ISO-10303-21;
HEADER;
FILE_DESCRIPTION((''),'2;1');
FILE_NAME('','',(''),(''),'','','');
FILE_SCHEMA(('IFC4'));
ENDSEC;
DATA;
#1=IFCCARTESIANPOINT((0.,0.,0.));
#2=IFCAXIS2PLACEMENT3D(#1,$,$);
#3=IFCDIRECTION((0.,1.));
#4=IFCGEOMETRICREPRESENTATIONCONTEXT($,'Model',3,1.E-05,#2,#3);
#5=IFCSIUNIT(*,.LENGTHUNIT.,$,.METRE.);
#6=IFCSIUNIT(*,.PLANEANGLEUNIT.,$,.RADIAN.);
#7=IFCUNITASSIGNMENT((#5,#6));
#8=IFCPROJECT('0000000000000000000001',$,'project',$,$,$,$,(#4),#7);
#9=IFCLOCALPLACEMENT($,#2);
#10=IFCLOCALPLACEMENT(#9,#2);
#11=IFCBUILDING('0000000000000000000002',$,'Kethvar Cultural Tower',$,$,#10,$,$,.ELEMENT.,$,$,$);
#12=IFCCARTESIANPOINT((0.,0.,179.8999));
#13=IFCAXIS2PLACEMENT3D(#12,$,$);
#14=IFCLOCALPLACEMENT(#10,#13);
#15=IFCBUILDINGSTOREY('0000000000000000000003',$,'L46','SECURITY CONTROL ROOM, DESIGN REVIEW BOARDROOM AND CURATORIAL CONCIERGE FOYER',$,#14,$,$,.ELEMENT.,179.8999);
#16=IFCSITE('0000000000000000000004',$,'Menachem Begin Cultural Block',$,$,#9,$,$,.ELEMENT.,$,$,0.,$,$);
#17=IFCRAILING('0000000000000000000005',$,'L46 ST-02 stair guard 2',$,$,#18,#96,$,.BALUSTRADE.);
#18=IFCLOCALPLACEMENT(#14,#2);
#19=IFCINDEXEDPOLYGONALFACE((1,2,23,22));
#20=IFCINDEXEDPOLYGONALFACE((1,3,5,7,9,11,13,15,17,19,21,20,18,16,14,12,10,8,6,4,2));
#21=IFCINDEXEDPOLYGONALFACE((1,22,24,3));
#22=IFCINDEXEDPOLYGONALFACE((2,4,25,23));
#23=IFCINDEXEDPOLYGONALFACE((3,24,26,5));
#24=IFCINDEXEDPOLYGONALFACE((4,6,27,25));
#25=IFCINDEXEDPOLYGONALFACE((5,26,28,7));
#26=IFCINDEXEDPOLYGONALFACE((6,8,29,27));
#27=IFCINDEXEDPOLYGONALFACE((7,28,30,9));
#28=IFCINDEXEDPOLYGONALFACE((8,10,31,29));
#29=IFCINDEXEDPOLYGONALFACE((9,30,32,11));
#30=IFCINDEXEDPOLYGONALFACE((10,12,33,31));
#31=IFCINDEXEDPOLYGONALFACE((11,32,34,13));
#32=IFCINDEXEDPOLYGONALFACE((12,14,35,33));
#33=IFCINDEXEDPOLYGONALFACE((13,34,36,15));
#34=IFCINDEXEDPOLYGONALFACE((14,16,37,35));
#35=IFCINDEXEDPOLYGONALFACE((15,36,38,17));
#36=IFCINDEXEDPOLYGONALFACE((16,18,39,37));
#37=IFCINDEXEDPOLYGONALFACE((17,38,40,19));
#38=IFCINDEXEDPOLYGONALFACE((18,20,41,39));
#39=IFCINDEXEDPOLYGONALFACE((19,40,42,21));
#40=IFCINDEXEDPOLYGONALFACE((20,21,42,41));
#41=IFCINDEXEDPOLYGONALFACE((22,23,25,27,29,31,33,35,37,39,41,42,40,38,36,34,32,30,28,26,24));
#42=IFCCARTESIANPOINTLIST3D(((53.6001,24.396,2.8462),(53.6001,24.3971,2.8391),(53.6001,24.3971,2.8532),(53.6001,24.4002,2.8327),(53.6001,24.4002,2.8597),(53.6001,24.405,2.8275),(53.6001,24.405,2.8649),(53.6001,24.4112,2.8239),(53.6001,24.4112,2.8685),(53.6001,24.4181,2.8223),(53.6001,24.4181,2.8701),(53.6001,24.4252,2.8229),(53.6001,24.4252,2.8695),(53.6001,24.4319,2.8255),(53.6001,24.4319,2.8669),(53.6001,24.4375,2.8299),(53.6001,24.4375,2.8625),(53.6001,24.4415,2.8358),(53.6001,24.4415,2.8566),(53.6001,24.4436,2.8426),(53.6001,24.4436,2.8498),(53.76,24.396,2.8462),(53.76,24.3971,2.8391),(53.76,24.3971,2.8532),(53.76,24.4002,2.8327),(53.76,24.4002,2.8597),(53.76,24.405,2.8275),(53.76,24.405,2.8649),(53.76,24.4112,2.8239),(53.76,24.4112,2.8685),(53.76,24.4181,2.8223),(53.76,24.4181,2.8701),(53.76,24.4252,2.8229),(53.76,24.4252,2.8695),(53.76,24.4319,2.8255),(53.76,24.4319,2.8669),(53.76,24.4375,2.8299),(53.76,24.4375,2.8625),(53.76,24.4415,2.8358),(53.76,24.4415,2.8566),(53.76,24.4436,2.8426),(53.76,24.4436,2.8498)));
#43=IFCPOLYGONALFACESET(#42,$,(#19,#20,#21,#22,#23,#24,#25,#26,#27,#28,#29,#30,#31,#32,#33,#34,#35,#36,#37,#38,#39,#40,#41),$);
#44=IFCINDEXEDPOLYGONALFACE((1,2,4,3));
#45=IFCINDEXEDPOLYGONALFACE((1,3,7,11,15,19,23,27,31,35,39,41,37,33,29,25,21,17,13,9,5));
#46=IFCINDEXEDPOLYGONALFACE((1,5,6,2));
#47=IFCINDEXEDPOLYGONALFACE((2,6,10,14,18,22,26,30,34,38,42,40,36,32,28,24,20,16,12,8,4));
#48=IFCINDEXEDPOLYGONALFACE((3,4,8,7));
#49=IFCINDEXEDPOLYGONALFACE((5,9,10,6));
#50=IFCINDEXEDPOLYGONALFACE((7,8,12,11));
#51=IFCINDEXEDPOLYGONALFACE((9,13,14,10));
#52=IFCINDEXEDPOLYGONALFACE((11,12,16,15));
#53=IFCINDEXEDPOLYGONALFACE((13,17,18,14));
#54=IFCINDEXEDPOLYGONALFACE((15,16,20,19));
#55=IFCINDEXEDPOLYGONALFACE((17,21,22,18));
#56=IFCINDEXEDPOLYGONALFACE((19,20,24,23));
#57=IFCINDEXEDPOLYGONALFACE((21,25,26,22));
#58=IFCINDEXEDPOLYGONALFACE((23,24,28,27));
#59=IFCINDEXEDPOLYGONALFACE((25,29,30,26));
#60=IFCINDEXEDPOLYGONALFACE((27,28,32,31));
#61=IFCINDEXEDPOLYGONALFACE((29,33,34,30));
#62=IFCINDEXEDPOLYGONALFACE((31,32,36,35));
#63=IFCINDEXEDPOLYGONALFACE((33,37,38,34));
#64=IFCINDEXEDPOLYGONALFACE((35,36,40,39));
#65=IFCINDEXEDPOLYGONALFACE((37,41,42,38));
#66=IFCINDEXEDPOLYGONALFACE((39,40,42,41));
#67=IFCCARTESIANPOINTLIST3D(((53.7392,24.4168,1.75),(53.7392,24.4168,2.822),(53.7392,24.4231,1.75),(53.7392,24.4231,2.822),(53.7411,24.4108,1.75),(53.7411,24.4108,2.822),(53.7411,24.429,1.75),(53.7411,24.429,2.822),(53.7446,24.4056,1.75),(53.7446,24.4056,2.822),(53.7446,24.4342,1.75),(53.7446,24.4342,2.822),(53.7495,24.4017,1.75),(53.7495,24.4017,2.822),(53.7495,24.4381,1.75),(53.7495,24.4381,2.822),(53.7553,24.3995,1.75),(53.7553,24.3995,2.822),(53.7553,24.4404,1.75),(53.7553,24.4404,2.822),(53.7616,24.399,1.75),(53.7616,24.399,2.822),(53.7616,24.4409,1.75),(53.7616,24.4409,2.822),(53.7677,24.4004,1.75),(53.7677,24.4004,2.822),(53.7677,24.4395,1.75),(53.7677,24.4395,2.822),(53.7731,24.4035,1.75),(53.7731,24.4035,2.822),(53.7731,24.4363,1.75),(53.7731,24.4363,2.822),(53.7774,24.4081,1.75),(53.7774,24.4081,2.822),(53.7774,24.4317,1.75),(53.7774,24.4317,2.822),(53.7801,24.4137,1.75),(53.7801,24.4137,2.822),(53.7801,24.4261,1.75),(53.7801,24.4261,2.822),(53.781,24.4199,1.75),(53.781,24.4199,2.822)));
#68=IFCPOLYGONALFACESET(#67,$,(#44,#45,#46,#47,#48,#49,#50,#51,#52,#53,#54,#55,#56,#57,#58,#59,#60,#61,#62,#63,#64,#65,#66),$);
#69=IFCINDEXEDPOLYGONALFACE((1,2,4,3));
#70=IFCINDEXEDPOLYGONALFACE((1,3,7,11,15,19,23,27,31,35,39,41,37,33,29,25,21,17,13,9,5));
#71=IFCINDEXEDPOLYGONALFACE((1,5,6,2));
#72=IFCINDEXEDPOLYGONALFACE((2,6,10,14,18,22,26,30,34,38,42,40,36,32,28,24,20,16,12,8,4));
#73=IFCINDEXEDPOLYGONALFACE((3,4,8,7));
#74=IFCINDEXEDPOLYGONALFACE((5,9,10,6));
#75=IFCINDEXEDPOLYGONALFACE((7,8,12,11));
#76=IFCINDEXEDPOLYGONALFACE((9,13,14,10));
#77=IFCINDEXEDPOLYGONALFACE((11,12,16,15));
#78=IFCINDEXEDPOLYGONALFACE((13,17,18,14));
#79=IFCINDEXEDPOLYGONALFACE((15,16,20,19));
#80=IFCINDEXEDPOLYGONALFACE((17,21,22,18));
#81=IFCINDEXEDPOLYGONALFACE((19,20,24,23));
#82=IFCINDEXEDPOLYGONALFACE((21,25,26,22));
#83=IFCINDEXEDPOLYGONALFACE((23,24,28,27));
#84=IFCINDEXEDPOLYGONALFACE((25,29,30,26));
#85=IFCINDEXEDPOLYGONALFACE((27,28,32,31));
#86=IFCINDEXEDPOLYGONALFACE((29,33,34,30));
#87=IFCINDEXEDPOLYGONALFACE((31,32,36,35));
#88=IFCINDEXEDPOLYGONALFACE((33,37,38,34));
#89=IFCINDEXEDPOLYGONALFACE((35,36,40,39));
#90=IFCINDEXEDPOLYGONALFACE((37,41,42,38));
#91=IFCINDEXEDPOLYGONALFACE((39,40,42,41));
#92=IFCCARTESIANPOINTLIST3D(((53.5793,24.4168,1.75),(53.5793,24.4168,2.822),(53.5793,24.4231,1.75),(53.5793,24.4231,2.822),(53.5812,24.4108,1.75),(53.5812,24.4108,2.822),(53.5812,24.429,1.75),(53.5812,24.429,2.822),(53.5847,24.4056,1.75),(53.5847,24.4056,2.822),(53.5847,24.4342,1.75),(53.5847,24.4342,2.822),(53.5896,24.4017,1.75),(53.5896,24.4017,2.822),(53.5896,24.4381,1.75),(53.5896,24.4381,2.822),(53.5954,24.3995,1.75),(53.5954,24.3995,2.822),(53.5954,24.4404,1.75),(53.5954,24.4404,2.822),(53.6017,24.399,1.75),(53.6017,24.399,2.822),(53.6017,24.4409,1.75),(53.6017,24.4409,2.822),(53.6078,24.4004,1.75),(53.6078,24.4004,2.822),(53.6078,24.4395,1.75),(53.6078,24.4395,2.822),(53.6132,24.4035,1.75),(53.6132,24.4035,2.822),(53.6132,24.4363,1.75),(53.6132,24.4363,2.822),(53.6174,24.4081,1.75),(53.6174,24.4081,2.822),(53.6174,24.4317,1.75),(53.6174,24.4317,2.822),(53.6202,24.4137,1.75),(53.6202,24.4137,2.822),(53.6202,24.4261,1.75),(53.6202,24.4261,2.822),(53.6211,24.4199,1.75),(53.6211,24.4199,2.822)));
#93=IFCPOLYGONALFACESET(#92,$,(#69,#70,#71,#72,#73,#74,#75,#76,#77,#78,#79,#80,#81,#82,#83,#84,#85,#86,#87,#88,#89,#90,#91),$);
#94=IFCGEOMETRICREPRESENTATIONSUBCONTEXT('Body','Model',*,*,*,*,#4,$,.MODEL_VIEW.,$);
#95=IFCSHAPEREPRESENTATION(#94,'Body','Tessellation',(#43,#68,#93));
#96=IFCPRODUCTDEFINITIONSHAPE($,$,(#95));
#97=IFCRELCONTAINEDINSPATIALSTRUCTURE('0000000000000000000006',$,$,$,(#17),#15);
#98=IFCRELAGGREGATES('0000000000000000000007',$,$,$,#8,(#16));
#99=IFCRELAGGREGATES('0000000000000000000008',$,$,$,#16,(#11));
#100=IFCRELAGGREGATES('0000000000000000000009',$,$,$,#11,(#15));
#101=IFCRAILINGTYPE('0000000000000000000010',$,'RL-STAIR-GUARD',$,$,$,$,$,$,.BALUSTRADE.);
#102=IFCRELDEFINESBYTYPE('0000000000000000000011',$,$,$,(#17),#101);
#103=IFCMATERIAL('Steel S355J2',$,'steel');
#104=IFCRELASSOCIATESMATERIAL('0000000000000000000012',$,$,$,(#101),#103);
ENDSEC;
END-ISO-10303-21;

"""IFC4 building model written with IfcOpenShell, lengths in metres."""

from ifc_helpers import new_model, si_unit, direction, frame, origin, origin_2d, place, context, subcontext, project, spatial, circle, extrude, material, type_object, element, save


model = new_model("IFC4")

# Units and contexts
model_context = context("Model", 3, precision=1e-05, world=origin(), true_north=direction((0.0, 1.0)))
body_context = subcontext(model_context, "Body", "Model", "MODEL_VIEW")
ifc_project = project(units=[si_unit("LENGTHUNIT", "METRE"), si_unit("PLANEANGLEUNIT", "RADIAN")], contexts=[model_context])

# Site, building, storey
site_placement = place(None, origin())
site = spatial("IfcSite", under=ifc_project, at=site_placement, Name="Menachem Begin Cultural Block", CompositionType="ELEMENT", RefElevation=0.0)
building_placement = place(site_placement, origin())
building = spatial("IfcBuilding", under=site, at=building_placement, Name="Kethvar Cultural Tower", CompositionType="ELEMENT")
storey_placement = place(building_placement, frame((0.0, 0.0, 179.8999)))
storey = spatial("IfcBuildingStorey", under=building, at=storey_placement, Name="L46", Description="SECURITY CONTROL ROOM, DESIGN REVIEW BOARDROOM AND CURATORIAL CONCIERGE FOYER", CompositionType="ELEMENT", Elevation=179.8999)

# Shared definitions
ifc_material_1 = material(Name="Steel S355J2", Category="steel")

# Railing
railing_type_1 = type_object("IfcRailingType", Name="RL-STAIR-GUARD", PredefinedType="BALUSTRADE", material=ifc_material_1)
railing_1_placement = place(storey_placement, frame((53.76, 24.4199, 1.75)))
element("IfcRailing", 1, at=railing_1_placement, inside=storey, type_object=railing_type_1, Name="L46 ST-02 stair guard 2", PredefinedType="BALUSTRADE", context=body_context, shape_type="SweptSolid", body=[
    extrude(circle(Radius=0.0239, at=origin_2d()), frame((0.0, 0.0, 1.0962), z_axis=(-1.0, 0.0, 0.0), x_axis=(0.0, -1.0, 0.0)), (0.0, 0.0, 1.0), 0.1599),
    extrude(circle(Radius=0.021, at=origin_2d()), origin(), (0.0, 0.0, 1.0), 1.072),
    extrude(circle(Radius=0.021, at=origin_2d()), frame((-0.1599, 0.0, 0.0)), (0.0, 0.0, 1.0), 1.072),
])

save(model, "model.ifc")
